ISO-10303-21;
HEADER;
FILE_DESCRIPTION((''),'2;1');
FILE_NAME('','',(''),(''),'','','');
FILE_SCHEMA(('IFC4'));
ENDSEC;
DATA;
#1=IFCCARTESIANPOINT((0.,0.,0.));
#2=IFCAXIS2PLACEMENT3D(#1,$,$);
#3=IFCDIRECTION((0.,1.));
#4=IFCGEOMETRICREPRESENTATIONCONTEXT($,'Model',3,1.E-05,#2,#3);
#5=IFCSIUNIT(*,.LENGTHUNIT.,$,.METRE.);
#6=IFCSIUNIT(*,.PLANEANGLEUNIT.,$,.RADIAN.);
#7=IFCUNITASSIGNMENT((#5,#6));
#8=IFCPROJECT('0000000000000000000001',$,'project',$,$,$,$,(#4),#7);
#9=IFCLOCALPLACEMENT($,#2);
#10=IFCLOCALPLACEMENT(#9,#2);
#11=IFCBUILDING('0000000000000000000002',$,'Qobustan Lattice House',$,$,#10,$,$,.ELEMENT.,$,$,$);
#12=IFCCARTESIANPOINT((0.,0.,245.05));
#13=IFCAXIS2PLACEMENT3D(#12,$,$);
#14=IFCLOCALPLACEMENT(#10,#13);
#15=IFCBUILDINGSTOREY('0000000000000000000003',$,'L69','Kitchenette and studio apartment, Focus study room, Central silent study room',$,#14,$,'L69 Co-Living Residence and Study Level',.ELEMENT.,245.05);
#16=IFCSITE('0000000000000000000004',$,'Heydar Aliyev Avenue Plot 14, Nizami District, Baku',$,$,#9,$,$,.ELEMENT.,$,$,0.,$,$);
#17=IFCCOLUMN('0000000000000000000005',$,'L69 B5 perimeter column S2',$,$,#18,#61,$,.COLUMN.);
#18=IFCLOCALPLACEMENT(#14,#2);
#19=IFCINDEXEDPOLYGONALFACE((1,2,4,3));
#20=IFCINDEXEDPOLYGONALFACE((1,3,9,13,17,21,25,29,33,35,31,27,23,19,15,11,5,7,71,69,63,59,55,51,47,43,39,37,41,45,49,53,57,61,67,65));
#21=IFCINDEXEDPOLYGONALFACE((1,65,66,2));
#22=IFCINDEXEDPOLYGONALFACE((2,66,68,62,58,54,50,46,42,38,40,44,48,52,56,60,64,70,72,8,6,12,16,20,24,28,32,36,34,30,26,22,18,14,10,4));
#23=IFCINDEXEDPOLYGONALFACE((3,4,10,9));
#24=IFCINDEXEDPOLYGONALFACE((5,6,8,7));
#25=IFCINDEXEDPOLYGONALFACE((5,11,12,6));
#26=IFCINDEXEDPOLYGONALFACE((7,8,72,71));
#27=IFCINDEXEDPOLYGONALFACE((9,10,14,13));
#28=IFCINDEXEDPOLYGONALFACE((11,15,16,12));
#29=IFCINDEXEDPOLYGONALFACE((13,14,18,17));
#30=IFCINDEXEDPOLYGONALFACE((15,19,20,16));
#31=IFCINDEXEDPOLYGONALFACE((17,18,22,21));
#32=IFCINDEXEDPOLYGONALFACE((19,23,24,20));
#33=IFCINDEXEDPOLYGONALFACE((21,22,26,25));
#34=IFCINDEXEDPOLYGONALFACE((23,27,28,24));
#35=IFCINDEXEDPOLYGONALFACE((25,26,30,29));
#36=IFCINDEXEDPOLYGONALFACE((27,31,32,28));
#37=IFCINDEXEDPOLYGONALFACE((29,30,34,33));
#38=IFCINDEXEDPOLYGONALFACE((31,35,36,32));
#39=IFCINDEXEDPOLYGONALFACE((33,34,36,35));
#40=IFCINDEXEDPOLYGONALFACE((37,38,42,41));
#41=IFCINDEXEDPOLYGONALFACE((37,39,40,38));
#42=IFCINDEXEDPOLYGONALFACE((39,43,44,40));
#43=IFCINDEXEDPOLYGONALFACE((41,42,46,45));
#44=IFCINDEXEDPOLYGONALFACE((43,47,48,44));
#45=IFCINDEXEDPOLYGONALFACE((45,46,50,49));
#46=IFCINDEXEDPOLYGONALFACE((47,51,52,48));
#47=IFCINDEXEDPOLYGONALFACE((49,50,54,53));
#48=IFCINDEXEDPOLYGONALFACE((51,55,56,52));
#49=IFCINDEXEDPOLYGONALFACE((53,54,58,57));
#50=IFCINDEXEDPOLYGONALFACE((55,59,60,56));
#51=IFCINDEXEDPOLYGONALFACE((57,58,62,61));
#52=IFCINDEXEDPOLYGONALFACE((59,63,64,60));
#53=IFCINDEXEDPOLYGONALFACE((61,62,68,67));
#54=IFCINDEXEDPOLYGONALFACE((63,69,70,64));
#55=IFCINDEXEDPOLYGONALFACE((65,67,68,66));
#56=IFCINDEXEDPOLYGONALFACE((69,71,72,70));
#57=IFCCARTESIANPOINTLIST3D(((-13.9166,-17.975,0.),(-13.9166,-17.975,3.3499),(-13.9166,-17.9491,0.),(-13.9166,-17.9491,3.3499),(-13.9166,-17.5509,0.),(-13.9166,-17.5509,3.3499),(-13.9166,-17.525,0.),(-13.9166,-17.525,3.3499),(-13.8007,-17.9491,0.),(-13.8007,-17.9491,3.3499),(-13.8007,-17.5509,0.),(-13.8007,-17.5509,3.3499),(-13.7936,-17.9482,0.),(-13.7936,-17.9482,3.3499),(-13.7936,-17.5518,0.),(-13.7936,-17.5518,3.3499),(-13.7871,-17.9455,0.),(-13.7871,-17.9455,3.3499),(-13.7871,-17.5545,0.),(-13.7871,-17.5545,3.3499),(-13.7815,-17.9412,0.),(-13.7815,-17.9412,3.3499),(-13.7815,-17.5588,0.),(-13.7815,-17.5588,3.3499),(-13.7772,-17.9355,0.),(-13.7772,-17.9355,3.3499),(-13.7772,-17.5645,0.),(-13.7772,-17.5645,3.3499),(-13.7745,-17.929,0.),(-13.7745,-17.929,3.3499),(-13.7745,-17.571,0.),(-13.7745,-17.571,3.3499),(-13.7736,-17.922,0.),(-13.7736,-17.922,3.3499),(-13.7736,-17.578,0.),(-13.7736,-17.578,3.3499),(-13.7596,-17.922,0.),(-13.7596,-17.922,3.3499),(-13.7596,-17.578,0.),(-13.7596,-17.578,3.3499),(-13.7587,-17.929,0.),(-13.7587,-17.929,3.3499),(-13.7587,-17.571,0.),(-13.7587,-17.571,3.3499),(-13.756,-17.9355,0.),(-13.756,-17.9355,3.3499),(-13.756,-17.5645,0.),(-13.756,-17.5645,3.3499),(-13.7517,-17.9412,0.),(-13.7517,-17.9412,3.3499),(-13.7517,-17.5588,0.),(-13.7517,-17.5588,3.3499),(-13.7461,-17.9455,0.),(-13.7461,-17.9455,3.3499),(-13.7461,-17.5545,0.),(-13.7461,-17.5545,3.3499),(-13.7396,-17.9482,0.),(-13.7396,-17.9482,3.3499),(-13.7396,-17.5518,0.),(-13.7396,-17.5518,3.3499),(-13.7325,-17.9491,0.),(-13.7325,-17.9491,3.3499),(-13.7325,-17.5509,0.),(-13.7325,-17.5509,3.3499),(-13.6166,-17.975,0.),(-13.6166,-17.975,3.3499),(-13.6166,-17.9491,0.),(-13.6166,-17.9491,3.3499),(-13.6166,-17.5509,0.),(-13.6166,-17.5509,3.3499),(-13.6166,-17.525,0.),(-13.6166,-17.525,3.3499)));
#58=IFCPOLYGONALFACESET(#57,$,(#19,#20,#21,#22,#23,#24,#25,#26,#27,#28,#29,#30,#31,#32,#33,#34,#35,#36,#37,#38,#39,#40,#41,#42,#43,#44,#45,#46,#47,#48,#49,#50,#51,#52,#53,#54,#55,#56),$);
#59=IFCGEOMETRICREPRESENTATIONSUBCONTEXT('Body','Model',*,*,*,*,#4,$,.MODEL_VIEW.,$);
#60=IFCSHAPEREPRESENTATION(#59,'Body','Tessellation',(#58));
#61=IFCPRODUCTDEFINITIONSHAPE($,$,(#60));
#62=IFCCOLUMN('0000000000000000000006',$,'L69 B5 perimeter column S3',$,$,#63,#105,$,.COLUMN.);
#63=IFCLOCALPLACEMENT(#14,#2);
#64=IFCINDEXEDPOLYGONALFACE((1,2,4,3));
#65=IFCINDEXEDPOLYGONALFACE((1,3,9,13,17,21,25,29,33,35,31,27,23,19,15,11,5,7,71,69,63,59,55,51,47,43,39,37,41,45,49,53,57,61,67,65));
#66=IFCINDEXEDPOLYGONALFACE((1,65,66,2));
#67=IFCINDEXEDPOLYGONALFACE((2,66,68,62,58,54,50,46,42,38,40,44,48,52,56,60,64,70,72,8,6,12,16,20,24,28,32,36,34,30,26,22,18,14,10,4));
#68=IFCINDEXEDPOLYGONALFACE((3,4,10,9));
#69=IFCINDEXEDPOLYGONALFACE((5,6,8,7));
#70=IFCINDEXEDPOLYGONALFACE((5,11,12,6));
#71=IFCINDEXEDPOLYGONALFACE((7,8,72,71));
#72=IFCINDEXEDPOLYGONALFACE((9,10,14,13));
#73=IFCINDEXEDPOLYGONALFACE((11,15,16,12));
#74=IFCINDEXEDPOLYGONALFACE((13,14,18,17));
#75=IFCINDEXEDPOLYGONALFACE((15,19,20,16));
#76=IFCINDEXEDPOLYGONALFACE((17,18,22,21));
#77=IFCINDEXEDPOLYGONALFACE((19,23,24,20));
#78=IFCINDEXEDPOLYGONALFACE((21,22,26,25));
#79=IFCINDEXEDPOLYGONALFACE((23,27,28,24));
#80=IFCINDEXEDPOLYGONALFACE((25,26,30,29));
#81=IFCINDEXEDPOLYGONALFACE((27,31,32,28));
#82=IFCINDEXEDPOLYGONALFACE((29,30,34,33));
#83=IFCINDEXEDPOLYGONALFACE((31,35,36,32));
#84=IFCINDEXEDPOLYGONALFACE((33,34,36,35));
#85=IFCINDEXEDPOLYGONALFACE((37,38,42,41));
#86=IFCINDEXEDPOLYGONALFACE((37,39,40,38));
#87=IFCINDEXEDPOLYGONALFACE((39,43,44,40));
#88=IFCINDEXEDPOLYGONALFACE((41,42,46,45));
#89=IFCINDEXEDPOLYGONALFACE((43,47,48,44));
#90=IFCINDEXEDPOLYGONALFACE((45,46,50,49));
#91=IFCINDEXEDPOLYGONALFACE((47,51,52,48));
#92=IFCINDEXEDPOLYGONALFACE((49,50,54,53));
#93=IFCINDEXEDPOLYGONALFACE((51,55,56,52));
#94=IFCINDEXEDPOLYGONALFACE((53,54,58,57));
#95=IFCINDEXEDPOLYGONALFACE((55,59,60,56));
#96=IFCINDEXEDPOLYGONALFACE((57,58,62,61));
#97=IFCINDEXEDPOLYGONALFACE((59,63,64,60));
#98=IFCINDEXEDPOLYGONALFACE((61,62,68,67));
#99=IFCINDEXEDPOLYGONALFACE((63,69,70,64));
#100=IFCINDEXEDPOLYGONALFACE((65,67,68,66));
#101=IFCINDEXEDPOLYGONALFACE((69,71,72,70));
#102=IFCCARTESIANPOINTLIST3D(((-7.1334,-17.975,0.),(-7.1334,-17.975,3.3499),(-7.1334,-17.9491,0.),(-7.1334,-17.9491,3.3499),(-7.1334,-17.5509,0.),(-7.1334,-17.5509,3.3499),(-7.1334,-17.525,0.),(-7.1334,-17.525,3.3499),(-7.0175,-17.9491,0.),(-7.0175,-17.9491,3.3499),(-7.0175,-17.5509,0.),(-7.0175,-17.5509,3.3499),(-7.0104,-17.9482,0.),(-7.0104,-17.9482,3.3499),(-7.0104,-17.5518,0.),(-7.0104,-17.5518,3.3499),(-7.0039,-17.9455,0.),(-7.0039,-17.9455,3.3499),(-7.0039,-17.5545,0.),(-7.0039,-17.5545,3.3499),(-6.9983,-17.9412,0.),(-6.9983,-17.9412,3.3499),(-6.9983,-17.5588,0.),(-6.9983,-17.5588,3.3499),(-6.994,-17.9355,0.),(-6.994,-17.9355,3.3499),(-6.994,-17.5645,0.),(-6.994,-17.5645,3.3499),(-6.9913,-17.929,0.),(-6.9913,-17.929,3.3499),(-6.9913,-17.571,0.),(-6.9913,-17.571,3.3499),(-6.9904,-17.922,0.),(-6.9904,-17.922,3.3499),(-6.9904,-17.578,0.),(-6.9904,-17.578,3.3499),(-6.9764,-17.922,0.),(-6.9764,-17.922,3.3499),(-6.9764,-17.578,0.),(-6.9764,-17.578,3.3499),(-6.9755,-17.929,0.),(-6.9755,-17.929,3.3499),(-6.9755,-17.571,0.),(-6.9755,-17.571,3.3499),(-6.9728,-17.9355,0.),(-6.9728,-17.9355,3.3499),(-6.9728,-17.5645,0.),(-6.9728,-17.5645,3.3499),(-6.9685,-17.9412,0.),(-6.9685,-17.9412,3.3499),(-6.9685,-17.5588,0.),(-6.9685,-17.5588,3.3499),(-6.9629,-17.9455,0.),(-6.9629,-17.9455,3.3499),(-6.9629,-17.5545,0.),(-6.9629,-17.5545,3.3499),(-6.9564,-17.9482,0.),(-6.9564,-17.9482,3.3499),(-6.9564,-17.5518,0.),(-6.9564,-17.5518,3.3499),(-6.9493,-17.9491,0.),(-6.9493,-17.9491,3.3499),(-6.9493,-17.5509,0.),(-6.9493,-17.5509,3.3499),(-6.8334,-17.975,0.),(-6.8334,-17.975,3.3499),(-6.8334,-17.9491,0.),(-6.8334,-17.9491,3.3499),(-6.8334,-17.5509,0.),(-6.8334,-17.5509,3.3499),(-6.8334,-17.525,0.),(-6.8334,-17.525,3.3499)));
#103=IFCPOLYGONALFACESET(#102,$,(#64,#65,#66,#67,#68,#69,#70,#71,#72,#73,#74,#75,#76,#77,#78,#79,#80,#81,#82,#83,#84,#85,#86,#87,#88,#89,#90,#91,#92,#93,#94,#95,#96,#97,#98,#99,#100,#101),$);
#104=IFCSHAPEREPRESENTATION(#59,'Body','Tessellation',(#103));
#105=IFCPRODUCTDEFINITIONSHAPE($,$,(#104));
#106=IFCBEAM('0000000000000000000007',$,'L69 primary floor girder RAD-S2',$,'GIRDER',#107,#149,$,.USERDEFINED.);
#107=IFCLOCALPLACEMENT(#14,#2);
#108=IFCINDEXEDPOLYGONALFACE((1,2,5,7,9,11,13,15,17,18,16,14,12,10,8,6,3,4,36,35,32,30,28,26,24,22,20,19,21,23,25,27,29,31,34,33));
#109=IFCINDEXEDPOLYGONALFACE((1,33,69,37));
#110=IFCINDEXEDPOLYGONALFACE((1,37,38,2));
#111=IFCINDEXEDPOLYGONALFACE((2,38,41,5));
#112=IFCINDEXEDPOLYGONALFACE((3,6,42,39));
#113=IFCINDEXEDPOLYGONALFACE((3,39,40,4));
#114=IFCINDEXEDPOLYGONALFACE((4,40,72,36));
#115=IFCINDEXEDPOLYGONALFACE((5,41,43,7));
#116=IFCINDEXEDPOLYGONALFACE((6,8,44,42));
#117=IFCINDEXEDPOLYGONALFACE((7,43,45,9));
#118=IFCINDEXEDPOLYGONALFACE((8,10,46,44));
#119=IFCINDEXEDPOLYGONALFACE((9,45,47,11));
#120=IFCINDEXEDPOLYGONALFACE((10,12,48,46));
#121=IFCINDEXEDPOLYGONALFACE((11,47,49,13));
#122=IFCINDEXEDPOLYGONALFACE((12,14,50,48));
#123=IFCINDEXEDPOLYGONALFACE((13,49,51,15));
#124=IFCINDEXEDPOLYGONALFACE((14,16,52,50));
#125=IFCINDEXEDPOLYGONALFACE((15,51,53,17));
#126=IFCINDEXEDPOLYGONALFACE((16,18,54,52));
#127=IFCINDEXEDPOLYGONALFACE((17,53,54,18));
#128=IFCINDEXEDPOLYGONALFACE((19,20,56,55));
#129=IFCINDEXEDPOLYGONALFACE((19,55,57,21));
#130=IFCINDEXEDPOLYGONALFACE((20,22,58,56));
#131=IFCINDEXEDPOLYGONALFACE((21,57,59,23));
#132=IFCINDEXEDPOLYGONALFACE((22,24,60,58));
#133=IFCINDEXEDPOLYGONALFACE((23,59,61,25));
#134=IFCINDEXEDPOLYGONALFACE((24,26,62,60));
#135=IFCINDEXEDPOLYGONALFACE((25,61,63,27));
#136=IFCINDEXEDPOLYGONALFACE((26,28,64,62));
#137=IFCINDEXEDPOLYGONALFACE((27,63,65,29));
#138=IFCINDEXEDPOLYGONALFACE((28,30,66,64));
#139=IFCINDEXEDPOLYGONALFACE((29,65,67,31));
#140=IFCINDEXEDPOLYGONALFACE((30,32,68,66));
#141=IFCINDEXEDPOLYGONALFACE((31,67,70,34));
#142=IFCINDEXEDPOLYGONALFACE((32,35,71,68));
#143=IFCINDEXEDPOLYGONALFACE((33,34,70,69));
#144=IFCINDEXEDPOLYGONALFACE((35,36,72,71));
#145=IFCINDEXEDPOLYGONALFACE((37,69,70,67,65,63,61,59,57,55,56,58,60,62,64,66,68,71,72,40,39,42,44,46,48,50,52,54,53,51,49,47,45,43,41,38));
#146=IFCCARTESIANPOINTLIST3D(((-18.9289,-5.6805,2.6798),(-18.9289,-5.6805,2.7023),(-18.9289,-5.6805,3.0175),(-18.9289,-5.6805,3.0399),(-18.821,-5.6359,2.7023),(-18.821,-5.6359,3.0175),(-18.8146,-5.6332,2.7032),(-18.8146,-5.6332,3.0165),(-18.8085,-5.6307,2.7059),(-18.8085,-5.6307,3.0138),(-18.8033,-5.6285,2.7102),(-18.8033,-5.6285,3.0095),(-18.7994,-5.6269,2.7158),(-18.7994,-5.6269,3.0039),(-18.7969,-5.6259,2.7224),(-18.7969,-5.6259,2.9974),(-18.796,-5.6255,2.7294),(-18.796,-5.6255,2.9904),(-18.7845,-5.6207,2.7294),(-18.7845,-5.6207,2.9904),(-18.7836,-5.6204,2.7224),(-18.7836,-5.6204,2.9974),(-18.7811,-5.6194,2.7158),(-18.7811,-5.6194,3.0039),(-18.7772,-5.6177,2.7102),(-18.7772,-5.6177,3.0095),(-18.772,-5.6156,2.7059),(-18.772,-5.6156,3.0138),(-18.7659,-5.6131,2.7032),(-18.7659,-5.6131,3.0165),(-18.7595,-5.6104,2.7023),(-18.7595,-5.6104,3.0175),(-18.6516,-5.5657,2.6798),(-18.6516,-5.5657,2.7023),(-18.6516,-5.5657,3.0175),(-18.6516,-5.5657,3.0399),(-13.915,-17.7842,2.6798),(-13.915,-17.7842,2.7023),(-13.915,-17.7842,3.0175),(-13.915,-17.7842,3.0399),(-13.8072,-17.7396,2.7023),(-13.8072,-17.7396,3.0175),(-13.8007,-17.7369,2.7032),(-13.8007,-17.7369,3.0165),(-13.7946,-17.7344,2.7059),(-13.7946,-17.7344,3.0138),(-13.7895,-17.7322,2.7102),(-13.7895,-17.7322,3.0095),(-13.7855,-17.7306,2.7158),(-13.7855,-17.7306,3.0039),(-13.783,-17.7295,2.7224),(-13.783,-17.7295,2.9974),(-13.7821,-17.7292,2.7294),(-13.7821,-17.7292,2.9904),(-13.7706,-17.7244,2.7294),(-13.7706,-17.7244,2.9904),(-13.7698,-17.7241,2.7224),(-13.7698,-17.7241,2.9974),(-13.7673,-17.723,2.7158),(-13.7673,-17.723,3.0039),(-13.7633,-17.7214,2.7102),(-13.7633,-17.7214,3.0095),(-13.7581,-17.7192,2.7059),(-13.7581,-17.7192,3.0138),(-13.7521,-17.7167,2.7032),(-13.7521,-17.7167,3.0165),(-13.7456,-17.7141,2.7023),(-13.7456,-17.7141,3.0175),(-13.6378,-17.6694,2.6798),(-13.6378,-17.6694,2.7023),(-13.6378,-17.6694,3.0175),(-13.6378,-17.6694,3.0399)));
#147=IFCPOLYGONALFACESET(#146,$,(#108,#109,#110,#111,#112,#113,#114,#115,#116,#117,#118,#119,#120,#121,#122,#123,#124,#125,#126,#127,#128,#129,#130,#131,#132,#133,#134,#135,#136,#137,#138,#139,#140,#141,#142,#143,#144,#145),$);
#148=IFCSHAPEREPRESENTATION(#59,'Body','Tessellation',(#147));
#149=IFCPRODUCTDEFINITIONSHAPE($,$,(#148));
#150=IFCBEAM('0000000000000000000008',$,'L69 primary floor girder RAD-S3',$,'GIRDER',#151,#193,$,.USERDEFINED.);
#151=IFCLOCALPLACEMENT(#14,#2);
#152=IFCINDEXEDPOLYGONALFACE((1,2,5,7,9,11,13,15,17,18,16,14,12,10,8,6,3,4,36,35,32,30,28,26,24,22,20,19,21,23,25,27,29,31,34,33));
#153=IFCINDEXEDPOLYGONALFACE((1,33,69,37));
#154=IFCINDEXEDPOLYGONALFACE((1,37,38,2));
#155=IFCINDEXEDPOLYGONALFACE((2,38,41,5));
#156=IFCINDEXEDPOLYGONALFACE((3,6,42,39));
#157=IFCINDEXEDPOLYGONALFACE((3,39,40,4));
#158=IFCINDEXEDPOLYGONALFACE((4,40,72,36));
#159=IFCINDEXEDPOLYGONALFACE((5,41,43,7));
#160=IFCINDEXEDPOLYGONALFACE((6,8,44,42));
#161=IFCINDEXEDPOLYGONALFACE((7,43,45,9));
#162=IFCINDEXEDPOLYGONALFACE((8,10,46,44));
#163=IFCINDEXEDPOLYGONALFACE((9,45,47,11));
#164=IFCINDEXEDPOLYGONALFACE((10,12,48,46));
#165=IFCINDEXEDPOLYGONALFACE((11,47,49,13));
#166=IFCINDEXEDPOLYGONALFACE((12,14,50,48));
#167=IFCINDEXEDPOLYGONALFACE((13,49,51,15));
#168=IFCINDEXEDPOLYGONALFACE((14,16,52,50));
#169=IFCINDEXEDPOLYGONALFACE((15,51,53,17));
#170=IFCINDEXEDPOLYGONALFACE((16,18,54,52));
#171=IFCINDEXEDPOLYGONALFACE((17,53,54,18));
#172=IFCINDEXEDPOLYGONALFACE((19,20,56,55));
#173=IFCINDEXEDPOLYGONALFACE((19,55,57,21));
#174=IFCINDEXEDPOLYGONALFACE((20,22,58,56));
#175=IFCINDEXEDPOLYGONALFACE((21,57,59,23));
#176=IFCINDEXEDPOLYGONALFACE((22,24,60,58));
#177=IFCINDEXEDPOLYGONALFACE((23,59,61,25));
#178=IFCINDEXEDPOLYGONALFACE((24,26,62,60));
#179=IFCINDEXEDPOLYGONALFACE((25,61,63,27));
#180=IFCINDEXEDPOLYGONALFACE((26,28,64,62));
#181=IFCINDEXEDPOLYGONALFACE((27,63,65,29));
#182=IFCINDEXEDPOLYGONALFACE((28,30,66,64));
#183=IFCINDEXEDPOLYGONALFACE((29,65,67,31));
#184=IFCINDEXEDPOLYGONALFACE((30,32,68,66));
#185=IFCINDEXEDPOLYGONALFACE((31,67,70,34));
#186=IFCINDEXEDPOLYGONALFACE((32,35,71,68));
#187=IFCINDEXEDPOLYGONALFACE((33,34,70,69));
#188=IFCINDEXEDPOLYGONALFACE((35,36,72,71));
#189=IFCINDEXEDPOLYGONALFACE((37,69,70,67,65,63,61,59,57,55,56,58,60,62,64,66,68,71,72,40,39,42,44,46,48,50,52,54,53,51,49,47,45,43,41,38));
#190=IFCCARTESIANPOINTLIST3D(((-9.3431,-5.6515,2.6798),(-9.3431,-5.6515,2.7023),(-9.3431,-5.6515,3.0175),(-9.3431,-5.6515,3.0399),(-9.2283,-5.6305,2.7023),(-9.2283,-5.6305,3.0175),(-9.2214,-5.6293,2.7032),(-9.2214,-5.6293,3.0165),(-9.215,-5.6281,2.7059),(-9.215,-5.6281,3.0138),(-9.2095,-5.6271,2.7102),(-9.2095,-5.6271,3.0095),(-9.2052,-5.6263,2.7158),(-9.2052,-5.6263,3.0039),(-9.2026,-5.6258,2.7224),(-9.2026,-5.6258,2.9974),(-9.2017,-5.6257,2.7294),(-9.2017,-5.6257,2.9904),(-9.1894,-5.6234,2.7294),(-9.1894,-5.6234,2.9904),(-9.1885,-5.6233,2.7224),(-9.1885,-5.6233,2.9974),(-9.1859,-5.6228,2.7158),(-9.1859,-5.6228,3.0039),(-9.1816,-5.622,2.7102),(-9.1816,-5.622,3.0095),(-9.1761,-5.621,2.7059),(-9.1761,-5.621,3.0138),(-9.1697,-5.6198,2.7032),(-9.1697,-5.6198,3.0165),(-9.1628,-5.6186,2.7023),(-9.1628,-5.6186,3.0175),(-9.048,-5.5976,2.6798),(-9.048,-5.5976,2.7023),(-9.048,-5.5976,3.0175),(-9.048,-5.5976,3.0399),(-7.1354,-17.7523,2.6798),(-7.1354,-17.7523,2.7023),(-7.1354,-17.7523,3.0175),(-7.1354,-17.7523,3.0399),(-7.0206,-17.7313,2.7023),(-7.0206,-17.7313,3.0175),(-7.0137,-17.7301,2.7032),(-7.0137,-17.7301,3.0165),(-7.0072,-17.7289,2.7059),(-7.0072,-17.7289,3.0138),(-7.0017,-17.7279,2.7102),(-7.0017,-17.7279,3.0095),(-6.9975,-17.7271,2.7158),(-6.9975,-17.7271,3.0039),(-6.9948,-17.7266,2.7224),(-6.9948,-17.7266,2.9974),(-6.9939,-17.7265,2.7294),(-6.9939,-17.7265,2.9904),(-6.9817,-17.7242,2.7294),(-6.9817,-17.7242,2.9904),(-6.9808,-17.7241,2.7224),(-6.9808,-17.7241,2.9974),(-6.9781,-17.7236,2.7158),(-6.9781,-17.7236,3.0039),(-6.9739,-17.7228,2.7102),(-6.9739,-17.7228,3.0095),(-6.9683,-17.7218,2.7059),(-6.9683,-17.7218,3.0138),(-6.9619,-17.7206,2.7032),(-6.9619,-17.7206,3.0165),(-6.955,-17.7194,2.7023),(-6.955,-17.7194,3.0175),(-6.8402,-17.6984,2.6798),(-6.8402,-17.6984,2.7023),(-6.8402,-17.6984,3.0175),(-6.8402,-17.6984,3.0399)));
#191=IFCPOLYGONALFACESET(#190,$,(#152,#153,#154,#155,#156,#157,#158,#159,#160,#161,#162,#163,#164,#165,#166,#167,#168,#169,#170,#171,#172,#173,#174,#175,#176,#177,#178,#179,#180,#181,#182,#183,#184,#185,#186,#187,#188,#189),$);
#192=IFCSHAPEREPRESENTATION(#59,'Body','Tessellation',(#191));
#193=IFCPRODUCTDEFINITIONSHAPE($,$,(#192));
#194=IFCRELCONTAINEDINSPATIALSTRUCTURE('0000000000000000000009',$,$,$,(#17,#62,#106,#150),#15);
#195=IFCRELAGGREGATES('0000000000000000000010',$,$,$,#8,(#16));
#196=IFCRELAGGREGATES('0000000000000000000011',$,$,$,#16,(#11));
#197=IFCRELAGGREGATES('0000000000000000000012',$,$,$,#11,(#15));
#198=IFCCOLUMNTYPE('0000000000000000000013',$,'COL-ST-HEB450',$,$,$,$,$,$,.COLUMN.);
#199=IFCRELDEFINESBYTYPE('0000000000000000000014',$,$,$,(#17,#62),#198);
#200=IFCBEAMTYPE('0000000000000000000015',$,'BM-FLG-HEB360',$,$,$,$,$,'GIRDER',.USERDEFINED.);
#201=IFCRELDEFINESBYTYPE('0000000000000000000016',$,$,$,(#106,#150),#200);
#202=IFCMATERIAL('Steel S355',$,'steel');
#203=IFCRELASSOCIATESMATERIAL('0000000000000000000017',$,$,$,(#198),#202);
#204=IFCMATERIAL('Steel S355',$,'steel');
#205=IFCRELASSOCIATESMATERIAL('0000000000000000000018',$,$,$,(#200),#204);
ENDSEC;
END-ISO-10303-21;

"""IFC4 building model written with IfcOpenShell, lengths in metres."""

from ifc_helpers import new_model, si_unit, direction, frame, origin, origin_2d, place, context, subcontext, project, spatial, i_section, extrude, material, material_profile, profile_set, type_object, element, save


model = new_model("IFC4")

# Units and contexts
model_context = context("Model", 3, precision=1e-05, world=origin(), true_north=direction((0.0, 1.0)))
body_context = subcontext(model_context, "Body", "Model", "MODEL_VIEW")
ifc_project = project(units=[si_unit("LENGTHUNIT", "METRE"), si_unit("PLANEANGLEUNIT", "RADIAN")], contexts=[model_context])

# Site, building, storey
site_placement = place(None, origin())
site = spatial("IfcSite", under=ifc_project, at=site_placement, Name="Heydar Aliyev Avenue Plot 14, Nizami District, Baku", CompositionType="ELEMENT", RefElevation=0.0)
building_placement = place(site_placement, origin())
building = spatial("IfcBuilding", under=site, at=building_placement, Name="Qobustan Lattice House", CompositionType="ELEMENT")
storey_placement = place(building_placement, frame((0.0, 0.0, 245.05)))
storey = spatial("IfcBuildingStorey", under=building, at=storey_placement, Name="L69", Description="Kitchenette and studio apartment, Focus study room, Central silent study room", LongName="L69 Co-Living Residence and Study Level", CompositionType="ELEMENT", Elevation=245.05)

# Columns
ifc_material_1 = material(Name="Steel S355", Category="steel")
ifc_material_profile_1 = material_profile(ifc_material_1, i_section(OverallWidth=0.3, OverallDepth=0.45, WebThickness=0.0139, FlangeThickness=0.0259, FilletRadius=0.0271, at=origin_2d()), Name="HEB450")
ifc_profile_set_1 = profile_set([ifc_material_profile_1], Name="Steel S355")
column_type = type_object("IfcColumnType", Name="COL-ST-HEB450", PredefinedType="COLUMN", material=ifc_profile_set_1)
for number, where, z_axis, x_axis, name in (
    (1, (-13.7666, -17.75, 0.0), (0.0, 0.0, 1.0), (1.0, 0.0, 0.0), "L69 B5 perimeter column S2"),
    (2, (-6.9834, -17.75, 0.0), (0.0, 0.0, 1.0), (1.0, 0.0, 0.0), "L69 B5 perimeter column S3"),
):
    element("IfcColumn", number, at=place(storey_placement, frame(where, z_axis=z_axis, x_axis=x_axis)), inside=storey, type_object=column_type, Name=name, PredefinedType="COLUMN", context=body_context, shape_type="SweptSolid", body=[
        extrude(i_section(OverallWidth=0.3, OverallDepth=0.45, WebThickness=0.0139, FlangeThickness=0.0259, FilletRadius=0.0271, at=origin_2d()), origin(), (0.0, 0.0, 1.0), 3.3499),
    ])

# Beams
ifc_material_2 = material(Name="Steel S355", Category="steel")
ifc_material_profile_2 = material_profile(ifc_material_2, i_section(OverallWidth=0.3, OverallDepth=0.3601, WebThickness=0.0125, FlangeThickness=0.0225, FilletRadius=0.0271, at=origin_2d()), Name="HEB360")
ifc_profile_set_2 = profile_set([ifc_material_profile_2], Name="Steel S355")
beam_type_1 = type_object("IfcBeamType", Name="BM-FLG-HEB360", ElementType="GIRDER", PredefinedType="USERDEFINED", material=ifc_profile_set_2)
beam_1_placement = place(storey_placement, frame((-13.7764, -17.7268, 2.8599), z_axis=(-0.382708, 0.923869, 0.0), x_axis=(-0.923869, -0.382708, 0.0)))
element("IfcBeam", 3, at=beam_1_placement, inside=storey, type_object=beam_type_1, Name="L69 primary floor girder RAD-S2", ObjectType="GIRDER", PredefinedType="USERDEFINED", context=body_context, shape_type="SweptSolid", body=[
    extrude(i_section(OverallWidth=0.3, OverallDepth=0.3601, WebThickness=0.0125, FlangeThickness=0.0225, FilletRadius=0.0271, at=origin_2d()), origin(), (0.0, 0.0, 1.0), 13.1011),
])
beam_2_placement = place(storey_placement, frame((-6.9878, -17.7253, 2.8599), z_axis=(-0.179484, 0.983761, 0.0), x_axis=(-0.983761, -0.179484, 0.0)))
element("IfcBeam", 4, at=beam_2_placement, inside=storey, type_object=beam_type_1, Name="L69 primary floor girder RAD-S3", ObjectType="GIRDER", PredefinedType="USERDEFINED", context=body_context, shape_type="SweptSolid", body=[
    extrude(i_section(OverallWidth=0.3, OverallDepth=0.3601, WebThickness=0.0125, FlangeThickness=0.0225, FilletRadius=0.0271, at=origin_2d()), origin(), (0.0, 0.0, 1.0), 12.3005),
])

save(model, "model.ifc")
